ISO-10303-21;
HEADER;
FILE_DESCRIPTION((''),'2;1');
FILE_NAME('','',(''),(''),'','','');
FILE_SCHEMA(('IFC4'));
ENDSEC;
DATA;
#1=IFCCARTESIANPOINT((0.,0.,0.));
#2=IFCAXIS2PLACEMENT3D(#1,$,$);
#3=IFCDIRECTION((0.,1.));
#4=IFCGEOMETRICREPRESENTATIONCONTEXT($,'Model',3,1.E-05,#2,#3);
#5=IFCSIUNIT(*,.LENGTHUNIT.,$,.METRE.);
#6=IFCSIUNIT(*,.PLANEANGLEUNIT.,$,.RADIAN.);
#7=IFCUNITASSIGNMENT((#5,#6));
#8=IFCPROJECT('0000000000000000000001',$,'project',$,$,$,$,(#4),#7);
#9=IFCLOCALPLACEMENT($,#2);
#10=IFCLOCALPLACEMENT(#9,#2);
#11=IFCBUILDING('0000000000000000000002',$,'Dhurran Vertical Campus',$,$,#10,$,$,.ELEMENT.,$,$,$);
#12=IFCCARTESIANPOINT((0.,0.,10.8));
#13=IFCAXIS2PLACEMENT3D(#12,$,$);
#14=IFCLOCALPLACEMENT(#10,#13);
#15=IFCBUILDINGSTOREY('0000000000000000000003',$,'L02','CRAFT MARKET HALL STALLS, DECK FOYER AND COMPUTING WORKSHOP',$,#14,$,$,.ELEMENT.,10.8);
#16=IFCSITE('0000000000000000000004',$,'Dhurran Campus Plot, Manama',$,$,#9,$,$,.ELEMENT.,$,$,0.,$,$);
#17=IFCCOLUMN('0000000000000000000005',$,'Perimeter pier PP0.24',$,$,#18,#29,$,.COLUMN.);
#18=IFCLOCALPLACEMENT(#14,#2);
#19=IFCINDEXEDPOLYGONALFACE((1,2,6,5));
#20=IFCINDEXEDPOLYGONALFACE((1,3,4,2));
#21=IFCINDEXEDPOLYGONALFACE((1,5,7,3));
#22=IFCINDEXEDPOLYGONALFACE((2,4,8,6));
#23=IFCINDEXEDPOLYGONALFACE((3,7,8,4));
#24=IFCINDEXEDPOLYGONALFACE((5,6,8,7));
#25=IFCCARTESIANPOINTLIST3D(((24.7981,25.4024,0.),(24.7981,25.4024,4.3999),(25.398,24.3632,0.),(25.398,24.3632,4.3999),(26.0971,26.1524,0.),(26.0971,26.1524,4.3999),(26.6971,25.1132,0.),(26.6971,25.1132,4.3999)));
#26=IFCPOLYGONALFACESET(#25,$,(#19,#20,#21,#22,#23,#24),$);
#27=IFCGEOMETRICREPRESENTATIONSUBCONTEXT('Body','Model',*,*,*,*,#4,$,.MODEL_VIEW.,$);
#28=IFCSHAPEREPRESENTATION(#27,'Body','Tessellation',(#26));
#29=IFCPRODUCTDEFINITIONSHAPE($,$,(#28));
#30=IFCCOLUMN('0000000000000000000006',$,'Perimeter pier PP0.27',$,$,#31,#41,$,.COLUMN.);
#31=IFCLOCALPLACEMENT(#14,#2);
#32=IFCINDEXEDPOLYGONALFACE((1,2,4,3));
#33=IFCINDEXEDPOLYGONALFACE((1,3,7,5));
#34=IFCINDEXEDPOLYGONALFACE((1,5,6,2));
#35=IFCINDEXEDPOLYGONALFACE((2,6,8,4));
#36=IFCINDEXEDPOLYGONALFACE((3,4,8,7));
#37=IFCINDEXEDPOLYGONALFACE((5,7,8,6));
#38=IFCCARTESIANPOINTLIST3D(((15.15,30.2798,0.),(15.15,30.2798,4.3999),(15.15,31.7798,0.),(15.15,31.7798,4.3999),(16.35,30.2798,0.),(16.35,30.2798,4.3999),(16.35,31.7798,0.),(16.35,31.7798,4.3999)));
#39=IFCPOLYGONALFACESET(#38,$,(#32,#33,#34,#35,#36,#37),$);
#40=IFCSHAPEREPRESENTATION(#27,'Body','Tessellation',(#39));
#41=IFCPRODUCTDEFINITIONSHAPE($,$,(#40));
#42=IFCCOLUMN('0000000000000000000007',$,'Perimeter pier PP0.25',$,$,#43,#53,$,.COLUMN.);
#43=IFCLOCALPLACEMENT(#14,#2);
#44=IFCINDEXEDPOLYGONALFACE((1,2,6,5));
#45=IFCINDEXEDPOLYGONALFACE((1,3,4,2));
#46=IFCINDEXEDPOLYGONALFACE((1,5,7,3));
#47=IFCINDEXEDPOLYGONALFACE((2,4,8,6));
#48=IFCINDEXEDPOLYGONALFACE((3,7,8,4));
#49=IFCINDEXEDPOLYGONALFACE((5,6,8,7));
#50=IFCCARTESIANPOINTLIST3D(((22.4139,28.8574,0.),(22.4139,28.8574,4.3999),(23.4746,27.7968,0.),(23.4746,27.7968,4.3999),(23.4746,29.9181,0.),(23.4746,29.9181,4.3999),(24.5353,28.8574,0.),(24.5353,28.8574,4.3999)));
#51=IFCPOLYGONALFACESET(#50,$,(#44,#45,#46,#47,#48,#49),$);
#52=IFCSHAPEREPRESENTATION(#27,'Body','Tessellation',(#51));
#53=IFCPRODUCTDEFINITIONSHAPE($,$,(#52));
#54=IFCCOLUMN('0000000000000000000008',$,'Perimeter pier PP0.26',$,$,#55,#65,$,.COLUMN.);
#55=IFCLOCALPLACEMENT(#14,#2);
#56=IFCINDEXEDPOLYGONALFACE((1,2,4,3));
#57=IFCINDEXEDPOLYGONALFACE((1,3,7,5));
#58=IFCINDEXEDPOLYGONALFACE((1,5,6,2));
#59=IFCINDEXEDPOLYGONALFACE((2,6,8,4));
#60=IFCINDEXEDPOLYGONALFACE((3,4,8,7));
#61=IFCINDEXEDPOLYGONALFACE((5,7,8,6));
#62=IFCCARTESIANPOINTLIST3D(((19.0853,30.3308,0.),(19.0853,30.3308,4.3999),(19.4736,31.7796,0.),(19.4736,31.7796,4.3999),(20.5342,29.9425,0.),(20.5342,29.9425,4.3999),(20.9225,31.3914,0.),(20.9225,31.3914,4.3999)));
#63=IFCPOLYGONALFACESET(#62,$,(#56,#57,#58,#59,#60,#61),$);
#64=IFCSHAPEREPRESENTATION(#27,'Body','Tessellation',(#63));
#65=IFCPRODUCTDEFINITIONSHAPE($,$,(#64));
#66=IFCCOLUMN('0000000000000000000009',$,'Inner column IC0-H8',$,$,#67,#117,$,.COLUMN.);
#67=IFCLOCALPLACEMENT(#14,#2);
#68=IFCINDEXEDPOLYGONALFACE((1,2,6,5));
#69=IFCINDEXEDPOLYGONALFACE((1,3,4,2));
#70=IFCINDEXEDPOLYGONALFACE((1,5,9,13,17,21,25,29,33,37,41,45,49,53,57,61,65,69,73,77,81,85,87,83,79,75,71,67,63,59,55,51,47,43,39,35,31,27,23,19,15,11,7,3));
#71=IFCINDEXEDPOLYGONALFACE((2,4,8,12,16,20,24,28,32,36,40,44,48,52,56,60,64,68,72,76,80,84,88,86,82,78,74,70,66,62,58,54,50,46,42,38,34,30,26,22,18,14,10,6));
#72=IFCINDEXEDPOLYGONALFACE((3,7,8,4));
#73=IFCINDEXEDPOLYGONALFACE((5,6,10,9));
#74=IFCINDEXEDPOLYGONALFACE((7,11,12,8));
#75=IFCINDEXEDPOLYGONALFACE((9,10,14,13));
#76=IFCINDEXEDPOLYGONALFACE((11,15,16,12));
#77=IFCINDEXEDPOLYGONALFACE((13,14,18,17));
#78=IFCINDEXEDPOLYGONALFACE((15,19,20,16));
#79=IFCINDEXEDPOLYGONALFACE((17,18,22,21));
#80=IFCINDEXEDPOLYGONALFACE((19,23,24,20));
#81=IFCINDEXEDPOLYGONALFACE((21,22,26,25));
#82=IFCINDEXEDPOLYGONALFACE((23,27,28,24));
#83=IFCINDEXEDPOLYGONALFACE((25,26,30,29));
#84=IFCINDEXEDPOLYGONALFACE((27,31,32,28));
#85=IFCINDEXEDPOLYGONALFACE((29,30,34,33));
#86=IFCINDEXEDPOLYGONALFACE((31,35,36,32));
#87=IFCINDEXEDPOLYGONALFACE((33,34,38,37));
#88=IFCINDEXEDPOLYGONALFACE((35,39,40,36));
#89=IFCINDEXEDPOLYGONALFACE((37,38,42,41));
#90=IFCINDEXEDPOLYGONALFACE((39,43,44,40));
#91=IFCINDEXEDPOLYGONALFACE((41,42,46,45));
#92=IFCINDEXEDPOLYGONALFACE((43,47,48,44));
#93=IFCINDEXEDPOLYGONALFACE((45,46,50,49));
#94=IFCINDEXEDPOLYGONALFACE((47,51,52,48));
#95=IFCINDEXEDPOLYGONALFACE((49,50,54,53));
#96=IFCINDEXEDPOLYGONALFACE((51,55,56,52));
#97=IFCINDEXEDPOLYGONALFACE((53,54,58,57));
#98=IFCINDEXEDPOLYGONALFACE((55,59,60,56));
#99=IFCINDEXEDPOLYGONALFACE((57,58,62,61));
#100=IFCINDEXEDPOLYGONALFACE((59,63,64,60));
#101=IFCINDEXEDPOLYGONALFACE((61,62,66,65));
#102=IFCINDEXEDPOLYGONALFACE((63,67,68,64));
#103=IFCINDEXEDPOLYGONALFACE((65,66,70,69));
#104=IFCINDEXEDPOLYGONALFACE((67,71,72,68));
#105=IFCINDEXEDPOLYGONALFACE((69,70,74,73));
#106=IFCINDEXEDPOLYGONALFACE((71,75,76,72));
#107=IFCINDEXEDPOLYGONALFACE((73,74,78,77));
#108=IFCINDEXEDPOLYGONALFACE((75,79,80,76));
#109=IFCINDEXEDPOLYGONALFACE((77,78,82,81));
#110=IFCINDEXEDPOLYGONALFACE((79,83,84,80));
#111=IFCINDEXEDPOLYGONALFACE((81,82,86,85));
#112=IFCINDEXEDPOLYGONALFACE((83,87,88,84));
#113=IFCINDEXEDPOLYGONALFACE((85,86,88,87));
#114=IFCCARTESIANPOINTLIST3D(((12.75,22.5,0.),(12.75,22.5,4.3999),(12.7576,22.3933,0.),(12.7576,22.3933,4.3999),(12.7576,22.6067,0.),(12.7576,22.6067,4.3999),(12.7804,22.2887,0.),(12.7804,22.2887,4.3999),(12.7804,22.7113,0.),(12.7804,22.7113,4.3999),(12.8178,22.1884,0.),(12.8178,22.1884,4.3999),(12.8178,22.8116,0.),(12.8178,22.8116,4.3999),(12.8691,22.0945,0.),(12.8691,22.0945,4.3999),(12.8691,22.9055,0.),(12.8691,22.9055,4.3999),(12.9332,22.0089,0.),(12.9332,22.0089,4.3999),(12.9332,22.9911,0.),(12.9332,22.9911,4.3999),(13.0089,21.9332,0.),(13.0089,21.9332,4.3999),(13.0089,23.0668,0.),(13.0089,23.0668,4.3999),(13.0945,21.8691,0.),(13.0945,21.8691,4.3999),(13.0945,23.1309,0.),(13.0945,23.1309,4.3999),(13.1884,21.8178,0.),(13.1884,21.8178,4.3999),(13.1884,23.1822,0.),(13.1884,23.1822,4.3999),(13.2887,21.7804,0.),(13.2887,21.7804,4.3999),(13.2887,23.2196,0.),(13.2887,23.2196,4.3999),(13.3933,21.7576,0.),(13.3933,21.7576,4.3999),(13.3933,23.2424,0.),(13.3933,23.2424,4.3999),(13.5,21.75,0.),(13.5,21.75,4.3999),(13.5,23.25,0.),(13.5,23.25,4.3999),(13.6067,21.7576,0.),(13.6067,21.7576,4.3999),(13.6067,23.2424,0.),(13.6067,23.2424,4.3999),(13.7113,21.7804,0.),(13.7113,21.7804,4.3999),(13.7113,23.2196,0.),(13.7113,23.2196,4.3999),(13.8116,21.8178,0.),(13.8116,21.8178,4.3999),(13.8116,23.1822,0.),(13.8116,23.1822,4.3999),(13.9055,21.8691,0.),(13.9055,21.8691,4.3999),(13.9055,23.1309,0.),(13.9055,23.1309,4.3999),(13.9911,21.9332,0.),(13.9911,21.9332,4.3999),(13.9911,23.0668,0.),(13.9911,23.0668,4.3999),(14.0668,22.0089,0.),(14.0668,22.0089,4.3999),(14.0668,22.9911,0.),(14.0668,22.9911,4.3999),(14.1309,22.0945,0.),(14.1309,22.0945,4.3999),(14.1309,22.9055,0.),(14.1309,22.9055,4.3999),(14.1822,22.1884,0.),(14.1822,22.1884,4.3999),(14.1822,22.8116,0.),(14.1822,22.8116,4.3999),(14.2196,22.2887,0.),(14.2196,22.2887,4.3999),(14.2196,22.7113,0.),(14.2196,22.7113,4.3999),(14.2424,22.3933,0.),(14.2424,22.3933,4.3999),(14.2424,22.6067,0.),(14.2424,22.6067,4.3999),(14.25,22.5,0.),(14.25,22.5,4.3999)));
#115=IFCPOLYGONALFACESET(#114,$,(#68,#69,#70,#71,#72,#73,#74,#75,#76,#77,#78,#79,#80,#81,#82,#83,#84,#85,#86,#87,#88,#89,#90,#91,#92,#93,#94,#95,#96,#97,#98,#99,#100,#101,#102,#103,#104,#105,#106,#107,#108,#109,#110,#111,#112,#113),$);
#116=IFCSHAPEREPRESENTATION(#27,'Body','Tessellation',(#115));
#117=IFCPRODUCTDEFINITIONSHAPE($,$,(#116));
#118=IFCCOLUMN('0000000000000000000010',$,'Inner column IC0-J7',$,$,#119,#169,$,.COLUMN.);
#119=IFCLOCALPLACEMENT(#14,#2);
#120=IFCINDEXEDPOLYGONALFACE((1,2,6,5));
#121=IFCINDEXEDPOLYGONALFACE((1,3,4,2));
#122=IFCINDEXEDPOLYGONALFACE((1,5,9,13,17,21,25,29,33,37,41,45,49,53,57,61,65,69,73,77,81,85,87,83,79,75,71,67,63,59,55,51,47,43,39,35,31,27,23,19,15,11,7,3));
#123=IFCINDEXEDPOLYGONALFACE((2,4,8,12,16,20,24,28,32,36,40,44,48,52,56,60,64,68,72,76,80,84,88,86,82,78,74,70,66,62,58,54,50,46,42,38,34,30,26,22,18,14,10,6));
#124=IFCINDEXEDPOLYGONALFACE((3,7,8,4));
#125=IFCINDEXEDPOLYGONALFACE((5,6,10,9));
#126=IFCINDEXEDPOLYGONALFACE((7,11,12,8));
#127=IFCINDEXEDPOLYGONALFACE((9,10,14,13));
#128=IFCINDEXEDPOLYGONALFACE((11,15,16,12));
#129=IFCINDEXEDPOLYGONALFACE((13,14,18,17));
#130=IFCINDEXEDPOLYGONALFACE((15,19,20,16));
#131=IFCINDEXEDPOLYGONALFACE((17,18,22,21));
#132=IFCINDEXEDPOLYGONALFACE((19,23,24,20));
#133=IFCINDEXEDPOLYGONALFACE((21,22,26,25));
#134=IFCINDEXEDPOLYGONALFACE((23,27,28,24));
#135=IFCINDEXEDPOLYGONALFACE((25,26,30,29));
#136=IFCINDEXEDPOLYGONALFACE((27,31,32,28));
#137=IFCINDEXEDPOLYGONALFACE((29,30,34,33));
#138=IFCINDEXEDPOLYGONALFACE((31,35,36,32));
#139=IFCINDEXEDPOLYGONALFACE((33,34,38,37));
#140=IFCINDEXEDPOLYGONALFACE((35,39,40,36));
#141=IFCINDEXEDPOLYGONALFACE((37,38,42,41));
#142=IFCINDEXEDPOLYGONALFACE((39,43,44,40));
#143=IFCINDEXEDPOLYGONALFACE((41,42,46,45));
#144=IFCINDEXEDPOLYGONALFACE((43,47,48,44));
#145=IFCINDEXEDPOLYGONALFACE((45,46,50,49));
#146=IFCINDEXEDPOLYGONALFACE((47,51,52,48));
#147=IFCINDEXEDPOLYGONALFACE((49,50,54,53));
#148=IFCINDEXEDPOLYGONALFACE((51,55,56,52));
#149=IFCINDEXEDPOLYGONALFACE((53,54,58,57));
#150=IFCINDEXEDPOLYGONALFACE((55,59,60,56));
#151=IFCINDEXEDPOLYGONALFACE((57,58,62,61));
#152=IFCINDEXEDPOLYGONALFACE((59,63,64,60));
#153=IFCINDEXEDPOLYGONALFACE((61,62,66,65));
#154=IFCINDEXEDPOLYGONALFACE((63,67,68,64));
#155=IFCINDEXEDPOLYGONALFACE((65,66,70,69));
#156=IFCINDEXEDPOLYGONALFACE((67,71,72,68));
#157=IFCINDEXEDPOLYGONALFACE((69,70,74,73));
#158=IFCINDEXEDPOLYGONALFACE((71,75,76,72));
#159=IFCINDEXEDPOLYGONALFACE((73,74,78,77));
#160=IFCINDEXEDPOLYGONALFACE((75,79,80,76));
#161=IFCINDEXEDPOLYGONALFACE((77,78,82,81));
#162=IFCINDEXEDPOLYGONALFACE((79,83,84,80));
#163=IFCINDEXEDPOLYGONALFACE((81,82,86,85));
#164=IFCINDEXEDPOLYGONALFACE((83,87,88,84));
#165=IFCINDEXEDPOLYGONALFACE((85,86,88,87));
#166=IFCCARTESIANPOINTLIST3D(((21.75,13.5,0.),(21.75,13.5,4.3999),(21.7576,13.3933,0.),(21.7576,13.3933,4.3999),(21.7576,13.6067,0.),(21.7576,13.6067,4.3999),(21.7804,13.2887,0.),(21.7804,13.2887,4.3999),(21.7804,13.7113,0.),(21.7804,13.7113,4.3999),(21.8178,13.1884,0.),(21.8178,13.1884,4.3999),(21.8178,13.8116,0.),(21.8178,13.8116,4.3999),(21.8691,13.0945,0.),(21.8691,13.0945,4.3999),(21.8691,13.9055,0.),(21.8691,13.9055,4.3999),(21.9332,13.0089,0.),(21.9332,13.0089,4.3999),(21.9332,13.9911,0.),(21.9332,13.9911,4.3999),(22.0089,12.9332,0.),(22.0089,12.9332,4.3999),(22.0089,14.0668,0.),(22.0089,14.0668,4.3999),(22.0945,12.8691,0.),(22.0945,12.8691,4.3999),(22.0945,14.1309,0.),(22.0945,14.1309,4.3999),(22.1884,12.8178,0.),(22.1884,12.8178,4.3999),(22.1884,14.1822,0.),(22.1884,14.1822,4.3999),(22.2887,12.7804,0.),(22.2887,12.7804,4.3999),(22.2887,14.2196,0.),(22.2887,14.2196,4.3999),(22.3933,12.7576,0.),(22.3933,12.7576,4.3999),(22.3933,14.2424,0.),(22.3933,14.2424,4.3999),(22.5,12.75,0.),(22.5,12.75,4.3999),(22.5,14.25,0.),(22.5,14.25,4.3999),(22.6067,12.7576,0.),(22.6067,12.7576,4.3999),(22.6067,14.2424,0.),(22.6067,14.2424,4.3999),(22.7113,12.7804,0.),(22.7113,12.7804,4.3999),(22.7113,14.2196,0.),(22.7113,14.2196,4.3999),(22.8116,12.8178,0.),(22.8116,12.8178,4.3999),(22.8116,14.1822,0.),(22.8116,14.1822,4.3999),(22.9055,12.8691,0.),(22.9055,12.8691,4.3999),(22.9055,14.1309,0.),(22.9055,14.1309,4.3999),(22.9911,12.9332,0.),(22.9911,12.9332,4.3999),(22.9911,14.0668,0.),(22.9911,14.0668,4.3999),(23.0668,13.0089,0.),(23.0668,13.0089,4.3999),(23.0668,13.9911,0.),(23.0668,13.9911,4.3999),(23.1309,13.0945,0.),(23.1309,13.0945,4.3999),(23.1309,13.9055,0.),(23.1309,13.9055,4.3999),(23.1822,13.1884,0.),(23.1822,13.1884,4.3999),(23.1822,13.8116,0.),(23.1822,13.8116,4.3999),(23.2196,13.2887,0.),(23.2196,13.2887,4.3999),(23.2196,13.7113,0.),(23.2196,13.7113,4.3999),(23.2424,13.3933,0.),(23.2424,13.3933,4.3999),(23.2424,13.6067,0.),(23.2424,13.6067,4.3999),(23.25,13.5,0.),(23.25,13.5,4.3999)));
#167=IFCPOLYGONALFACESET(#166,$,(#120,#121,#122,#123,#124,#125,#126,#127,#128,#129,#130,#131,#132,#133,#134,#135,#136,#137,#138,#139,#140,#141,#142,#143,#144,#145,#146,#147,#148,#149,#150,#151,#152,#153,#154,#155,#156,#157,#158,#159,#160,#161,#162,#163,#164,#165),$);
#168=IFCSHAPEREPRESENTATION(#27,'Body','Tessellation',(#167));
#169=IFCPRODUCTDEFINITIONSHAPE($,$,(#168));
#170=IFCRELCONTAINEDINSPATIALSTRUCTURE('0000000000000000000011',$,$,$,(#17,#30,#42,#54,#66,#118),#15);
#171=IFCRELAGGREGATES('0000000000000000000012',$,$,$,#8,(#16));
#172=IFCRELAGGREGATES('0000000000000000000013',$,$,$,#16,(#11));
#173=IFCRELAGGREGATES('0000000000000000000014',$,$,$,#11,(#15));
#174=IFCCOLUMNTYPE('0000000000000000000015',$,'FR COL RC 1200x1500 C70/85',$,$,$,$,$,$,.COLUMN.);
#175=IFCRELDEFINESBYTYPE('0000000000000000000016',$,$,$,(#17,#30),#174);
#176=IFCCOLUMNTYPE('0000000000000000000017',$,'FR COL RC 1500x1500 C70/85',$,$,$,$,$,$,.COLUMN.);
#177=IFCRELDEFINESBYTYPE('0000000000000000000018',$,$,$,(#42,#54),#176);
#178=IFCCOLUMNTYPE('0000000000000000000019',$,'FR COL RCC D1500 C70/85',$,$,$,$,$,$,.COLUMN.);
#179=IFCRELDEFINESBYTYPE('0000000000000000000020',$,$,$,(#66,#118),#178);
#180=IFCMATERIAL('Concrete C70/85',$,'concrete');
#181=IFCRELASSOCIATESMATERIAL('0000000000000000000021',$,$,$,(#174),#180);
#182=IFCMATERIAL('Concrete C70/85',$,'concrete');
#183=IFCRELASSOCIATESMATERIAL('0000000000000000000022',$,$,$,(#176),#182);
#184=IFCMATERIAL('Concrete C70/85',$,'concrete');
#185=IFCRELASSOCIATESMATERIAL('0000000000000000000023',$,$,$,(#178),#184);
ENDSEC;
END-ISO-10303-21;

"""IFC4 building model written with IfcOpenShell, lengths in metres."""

from ifc_helpers import new_model, si_unit, direction, frame, origin, origin_2d, place, context, subcontext, project, spatial, rectangle, circle, extrude, material, material_profile, profile_set, type_object, element, save


model = new_model("IFC4")

# Units and contexts
model_context = context("Model", 3, precision=1e-05, world=origin(), true_north=direction((0.0, 1.0)))
body_context = subcontext(model_context, "Body", "Model", "MODEL_VIEW")
ifc_project = project(units=[si_unit("LENGTHUNIT", "METRE"), si_unit("PLANEANGLEUNIT", "RADIAN")], contexts=[model_context])

# Site, building, storey
site_placement = place(None, origin())
site = spatial("IfcSite", under=ifc_project, at=site_placement, Name="Dhurran Campus Plot, Manama", CompositionType="ELEMENT", RefElevation=0.0)
building_placement = place(site_placement, origin())
building = spatial("IfcBuilding", under=site, at=building_placement, Name="Dhurran Vertical Campus", CompositionType="ELEMENT")
storey_placement = place(building_placement, frame((0.0, 0.0, 10.8)))
storey = spatial("IfcBuildingStorey", under=building, at=storey_placement, Name="L02", Description="CRAFT MARKET HALL STALLS, DECK FOYER AND COMPUTING WORKSHOP", CompositionType="ELEMENT", Elevation=10.8)

# Columns
ifc_material_1 = material(Name="Concrete C70/85", Category="concrete")
ifc_material_profile_1 = material_profile(ifc_material_1, rectangle(XDim=1.2, YDim=1.5, at=origin_2d()), Name="RC 1200x1500")
ifc_profile_set_1 = profile_set([ifc_material_profile_1], Name="Concrete C70/85")
column_type_1 = type_object("IfcColumnType", Name="FR COL RC 1200x1500 C70/85", PredefinedType="COLUMN", material=ifc_profile_set_1)
for number, where, z_axis, x_axis, name in (
    (1, (25.7476, 25.2578, 0.0), (0.0, 0.0, 1.0), (-0.5, 0.866025, 0.0), "Perimeter pier PP0.24"),
    (2, (15.75, 31.0298, 0.0), (0.0, 0.0, 1.0), (-1.0, 0.0, 0.0), "Perimeter pier PP0.27"),
):
    element("IfcColumn", number, at=place(storey_placement, frame(where, z_axis=z_axis, x_axis=x_axis)), inside=storey, type_object=column_type_1, Name=name, PredefinedType="COLUMN", context=body_context, shape_type="SweptSolid", body=[
        extrude(rectangle(XDim=1.2, YDim=1.5, at=origin_2d()), origin(), (0.0, 0.0, 1.0), 4.3999),
    ])
ifc_material_2 = material(Name="Concrete C70/85", Category="concrete")
ifc_material_profile_2 = material_profile(ifc_material_2, rectangle(XDim=1.5, YDim=1.5, at=origin_2d()), Name="RC 1500x1500")
ifc_profile_set_2 = profile_set([ifc_material_profile_2], Name="Concrete C70/85")
column_type_2 = type_object("IfcColumnType", Name="FR COL RC 1500x1500 C70/85", PredefinedType="COLUMN", material=ifc_profile_set_2)
for number, where, z_axis, x_axis, name in (
    (3, (23.4746, 28.8574, 0.0), (0.0, 0.0, 1.0), (-0.707107, 0.707107, 0.0), "Perimeter pier PP0.25"),
    (4, (20.0039, 30.8611, 0.0), (0.0, 0.0, 1.0), (-0.965926, 0.258819, 0.0), "Perimeter pier PP0.26"),
):
    element("IfcColumn", number, at=place(storey_placement, frame(where, z_axis=z_axis, x_axis=x_axis)), inside=storey, type_object=column_type_2, Name=name, PredefinedType="COLUMN", context=body_context, shape_type="SweptSolid", body=[
        extrude(rectangle(XDim=1.5, YDim=1.5, at=origin_2d()), origin(), (0.0, 0.0, 1.0), 4.3999),
    ])
ifc_material_3 = material(Name="Concrete C70/85", Category="concrete")
ifc_material_profile_3 = material_profile(ifc_material_3, circle(Radius=0.75, at=origin_2d()), Name="RCC D1500")
ifc_profile_set_3 = profile_set([ifc_material_profile_3], Name="Concrete C70/85")
column_type_3 = type_object("IfcColumnType", Name="FR COL RCC D1500 C70/85", PredefinedType="COLUMN", material=ifc_profile_set_3)
for number, where, z_axis, x_axis, name in (
    (5, (13.5, 22.5, 0.0), (0.0, 0.0, 1.0), (1.0, 0.0, 0.0), "Inner column IC0-H8"),
    (6, (22.5, 13.5, 0.0), (0.0, 0.0, 1.0), (1.0, 0.0, 0.0), "Inner column IC0-J7"),
):
    element("IfcColumn", number, at=place(storey_placement, frame(where, z_axis=z_axis, x_axis=x_axis)), inside=storey, type_object=column_type_3, Name=name, PredefinedType="COLUMN", context=body_context, shape_type="SweptSolid", body=[
        extrude(circle(Radius=0.75, at=origin_2d()), origin(), (0.0, 0.0, 1.0), 4.3999),
    ])

save(model, "model.ifc")
